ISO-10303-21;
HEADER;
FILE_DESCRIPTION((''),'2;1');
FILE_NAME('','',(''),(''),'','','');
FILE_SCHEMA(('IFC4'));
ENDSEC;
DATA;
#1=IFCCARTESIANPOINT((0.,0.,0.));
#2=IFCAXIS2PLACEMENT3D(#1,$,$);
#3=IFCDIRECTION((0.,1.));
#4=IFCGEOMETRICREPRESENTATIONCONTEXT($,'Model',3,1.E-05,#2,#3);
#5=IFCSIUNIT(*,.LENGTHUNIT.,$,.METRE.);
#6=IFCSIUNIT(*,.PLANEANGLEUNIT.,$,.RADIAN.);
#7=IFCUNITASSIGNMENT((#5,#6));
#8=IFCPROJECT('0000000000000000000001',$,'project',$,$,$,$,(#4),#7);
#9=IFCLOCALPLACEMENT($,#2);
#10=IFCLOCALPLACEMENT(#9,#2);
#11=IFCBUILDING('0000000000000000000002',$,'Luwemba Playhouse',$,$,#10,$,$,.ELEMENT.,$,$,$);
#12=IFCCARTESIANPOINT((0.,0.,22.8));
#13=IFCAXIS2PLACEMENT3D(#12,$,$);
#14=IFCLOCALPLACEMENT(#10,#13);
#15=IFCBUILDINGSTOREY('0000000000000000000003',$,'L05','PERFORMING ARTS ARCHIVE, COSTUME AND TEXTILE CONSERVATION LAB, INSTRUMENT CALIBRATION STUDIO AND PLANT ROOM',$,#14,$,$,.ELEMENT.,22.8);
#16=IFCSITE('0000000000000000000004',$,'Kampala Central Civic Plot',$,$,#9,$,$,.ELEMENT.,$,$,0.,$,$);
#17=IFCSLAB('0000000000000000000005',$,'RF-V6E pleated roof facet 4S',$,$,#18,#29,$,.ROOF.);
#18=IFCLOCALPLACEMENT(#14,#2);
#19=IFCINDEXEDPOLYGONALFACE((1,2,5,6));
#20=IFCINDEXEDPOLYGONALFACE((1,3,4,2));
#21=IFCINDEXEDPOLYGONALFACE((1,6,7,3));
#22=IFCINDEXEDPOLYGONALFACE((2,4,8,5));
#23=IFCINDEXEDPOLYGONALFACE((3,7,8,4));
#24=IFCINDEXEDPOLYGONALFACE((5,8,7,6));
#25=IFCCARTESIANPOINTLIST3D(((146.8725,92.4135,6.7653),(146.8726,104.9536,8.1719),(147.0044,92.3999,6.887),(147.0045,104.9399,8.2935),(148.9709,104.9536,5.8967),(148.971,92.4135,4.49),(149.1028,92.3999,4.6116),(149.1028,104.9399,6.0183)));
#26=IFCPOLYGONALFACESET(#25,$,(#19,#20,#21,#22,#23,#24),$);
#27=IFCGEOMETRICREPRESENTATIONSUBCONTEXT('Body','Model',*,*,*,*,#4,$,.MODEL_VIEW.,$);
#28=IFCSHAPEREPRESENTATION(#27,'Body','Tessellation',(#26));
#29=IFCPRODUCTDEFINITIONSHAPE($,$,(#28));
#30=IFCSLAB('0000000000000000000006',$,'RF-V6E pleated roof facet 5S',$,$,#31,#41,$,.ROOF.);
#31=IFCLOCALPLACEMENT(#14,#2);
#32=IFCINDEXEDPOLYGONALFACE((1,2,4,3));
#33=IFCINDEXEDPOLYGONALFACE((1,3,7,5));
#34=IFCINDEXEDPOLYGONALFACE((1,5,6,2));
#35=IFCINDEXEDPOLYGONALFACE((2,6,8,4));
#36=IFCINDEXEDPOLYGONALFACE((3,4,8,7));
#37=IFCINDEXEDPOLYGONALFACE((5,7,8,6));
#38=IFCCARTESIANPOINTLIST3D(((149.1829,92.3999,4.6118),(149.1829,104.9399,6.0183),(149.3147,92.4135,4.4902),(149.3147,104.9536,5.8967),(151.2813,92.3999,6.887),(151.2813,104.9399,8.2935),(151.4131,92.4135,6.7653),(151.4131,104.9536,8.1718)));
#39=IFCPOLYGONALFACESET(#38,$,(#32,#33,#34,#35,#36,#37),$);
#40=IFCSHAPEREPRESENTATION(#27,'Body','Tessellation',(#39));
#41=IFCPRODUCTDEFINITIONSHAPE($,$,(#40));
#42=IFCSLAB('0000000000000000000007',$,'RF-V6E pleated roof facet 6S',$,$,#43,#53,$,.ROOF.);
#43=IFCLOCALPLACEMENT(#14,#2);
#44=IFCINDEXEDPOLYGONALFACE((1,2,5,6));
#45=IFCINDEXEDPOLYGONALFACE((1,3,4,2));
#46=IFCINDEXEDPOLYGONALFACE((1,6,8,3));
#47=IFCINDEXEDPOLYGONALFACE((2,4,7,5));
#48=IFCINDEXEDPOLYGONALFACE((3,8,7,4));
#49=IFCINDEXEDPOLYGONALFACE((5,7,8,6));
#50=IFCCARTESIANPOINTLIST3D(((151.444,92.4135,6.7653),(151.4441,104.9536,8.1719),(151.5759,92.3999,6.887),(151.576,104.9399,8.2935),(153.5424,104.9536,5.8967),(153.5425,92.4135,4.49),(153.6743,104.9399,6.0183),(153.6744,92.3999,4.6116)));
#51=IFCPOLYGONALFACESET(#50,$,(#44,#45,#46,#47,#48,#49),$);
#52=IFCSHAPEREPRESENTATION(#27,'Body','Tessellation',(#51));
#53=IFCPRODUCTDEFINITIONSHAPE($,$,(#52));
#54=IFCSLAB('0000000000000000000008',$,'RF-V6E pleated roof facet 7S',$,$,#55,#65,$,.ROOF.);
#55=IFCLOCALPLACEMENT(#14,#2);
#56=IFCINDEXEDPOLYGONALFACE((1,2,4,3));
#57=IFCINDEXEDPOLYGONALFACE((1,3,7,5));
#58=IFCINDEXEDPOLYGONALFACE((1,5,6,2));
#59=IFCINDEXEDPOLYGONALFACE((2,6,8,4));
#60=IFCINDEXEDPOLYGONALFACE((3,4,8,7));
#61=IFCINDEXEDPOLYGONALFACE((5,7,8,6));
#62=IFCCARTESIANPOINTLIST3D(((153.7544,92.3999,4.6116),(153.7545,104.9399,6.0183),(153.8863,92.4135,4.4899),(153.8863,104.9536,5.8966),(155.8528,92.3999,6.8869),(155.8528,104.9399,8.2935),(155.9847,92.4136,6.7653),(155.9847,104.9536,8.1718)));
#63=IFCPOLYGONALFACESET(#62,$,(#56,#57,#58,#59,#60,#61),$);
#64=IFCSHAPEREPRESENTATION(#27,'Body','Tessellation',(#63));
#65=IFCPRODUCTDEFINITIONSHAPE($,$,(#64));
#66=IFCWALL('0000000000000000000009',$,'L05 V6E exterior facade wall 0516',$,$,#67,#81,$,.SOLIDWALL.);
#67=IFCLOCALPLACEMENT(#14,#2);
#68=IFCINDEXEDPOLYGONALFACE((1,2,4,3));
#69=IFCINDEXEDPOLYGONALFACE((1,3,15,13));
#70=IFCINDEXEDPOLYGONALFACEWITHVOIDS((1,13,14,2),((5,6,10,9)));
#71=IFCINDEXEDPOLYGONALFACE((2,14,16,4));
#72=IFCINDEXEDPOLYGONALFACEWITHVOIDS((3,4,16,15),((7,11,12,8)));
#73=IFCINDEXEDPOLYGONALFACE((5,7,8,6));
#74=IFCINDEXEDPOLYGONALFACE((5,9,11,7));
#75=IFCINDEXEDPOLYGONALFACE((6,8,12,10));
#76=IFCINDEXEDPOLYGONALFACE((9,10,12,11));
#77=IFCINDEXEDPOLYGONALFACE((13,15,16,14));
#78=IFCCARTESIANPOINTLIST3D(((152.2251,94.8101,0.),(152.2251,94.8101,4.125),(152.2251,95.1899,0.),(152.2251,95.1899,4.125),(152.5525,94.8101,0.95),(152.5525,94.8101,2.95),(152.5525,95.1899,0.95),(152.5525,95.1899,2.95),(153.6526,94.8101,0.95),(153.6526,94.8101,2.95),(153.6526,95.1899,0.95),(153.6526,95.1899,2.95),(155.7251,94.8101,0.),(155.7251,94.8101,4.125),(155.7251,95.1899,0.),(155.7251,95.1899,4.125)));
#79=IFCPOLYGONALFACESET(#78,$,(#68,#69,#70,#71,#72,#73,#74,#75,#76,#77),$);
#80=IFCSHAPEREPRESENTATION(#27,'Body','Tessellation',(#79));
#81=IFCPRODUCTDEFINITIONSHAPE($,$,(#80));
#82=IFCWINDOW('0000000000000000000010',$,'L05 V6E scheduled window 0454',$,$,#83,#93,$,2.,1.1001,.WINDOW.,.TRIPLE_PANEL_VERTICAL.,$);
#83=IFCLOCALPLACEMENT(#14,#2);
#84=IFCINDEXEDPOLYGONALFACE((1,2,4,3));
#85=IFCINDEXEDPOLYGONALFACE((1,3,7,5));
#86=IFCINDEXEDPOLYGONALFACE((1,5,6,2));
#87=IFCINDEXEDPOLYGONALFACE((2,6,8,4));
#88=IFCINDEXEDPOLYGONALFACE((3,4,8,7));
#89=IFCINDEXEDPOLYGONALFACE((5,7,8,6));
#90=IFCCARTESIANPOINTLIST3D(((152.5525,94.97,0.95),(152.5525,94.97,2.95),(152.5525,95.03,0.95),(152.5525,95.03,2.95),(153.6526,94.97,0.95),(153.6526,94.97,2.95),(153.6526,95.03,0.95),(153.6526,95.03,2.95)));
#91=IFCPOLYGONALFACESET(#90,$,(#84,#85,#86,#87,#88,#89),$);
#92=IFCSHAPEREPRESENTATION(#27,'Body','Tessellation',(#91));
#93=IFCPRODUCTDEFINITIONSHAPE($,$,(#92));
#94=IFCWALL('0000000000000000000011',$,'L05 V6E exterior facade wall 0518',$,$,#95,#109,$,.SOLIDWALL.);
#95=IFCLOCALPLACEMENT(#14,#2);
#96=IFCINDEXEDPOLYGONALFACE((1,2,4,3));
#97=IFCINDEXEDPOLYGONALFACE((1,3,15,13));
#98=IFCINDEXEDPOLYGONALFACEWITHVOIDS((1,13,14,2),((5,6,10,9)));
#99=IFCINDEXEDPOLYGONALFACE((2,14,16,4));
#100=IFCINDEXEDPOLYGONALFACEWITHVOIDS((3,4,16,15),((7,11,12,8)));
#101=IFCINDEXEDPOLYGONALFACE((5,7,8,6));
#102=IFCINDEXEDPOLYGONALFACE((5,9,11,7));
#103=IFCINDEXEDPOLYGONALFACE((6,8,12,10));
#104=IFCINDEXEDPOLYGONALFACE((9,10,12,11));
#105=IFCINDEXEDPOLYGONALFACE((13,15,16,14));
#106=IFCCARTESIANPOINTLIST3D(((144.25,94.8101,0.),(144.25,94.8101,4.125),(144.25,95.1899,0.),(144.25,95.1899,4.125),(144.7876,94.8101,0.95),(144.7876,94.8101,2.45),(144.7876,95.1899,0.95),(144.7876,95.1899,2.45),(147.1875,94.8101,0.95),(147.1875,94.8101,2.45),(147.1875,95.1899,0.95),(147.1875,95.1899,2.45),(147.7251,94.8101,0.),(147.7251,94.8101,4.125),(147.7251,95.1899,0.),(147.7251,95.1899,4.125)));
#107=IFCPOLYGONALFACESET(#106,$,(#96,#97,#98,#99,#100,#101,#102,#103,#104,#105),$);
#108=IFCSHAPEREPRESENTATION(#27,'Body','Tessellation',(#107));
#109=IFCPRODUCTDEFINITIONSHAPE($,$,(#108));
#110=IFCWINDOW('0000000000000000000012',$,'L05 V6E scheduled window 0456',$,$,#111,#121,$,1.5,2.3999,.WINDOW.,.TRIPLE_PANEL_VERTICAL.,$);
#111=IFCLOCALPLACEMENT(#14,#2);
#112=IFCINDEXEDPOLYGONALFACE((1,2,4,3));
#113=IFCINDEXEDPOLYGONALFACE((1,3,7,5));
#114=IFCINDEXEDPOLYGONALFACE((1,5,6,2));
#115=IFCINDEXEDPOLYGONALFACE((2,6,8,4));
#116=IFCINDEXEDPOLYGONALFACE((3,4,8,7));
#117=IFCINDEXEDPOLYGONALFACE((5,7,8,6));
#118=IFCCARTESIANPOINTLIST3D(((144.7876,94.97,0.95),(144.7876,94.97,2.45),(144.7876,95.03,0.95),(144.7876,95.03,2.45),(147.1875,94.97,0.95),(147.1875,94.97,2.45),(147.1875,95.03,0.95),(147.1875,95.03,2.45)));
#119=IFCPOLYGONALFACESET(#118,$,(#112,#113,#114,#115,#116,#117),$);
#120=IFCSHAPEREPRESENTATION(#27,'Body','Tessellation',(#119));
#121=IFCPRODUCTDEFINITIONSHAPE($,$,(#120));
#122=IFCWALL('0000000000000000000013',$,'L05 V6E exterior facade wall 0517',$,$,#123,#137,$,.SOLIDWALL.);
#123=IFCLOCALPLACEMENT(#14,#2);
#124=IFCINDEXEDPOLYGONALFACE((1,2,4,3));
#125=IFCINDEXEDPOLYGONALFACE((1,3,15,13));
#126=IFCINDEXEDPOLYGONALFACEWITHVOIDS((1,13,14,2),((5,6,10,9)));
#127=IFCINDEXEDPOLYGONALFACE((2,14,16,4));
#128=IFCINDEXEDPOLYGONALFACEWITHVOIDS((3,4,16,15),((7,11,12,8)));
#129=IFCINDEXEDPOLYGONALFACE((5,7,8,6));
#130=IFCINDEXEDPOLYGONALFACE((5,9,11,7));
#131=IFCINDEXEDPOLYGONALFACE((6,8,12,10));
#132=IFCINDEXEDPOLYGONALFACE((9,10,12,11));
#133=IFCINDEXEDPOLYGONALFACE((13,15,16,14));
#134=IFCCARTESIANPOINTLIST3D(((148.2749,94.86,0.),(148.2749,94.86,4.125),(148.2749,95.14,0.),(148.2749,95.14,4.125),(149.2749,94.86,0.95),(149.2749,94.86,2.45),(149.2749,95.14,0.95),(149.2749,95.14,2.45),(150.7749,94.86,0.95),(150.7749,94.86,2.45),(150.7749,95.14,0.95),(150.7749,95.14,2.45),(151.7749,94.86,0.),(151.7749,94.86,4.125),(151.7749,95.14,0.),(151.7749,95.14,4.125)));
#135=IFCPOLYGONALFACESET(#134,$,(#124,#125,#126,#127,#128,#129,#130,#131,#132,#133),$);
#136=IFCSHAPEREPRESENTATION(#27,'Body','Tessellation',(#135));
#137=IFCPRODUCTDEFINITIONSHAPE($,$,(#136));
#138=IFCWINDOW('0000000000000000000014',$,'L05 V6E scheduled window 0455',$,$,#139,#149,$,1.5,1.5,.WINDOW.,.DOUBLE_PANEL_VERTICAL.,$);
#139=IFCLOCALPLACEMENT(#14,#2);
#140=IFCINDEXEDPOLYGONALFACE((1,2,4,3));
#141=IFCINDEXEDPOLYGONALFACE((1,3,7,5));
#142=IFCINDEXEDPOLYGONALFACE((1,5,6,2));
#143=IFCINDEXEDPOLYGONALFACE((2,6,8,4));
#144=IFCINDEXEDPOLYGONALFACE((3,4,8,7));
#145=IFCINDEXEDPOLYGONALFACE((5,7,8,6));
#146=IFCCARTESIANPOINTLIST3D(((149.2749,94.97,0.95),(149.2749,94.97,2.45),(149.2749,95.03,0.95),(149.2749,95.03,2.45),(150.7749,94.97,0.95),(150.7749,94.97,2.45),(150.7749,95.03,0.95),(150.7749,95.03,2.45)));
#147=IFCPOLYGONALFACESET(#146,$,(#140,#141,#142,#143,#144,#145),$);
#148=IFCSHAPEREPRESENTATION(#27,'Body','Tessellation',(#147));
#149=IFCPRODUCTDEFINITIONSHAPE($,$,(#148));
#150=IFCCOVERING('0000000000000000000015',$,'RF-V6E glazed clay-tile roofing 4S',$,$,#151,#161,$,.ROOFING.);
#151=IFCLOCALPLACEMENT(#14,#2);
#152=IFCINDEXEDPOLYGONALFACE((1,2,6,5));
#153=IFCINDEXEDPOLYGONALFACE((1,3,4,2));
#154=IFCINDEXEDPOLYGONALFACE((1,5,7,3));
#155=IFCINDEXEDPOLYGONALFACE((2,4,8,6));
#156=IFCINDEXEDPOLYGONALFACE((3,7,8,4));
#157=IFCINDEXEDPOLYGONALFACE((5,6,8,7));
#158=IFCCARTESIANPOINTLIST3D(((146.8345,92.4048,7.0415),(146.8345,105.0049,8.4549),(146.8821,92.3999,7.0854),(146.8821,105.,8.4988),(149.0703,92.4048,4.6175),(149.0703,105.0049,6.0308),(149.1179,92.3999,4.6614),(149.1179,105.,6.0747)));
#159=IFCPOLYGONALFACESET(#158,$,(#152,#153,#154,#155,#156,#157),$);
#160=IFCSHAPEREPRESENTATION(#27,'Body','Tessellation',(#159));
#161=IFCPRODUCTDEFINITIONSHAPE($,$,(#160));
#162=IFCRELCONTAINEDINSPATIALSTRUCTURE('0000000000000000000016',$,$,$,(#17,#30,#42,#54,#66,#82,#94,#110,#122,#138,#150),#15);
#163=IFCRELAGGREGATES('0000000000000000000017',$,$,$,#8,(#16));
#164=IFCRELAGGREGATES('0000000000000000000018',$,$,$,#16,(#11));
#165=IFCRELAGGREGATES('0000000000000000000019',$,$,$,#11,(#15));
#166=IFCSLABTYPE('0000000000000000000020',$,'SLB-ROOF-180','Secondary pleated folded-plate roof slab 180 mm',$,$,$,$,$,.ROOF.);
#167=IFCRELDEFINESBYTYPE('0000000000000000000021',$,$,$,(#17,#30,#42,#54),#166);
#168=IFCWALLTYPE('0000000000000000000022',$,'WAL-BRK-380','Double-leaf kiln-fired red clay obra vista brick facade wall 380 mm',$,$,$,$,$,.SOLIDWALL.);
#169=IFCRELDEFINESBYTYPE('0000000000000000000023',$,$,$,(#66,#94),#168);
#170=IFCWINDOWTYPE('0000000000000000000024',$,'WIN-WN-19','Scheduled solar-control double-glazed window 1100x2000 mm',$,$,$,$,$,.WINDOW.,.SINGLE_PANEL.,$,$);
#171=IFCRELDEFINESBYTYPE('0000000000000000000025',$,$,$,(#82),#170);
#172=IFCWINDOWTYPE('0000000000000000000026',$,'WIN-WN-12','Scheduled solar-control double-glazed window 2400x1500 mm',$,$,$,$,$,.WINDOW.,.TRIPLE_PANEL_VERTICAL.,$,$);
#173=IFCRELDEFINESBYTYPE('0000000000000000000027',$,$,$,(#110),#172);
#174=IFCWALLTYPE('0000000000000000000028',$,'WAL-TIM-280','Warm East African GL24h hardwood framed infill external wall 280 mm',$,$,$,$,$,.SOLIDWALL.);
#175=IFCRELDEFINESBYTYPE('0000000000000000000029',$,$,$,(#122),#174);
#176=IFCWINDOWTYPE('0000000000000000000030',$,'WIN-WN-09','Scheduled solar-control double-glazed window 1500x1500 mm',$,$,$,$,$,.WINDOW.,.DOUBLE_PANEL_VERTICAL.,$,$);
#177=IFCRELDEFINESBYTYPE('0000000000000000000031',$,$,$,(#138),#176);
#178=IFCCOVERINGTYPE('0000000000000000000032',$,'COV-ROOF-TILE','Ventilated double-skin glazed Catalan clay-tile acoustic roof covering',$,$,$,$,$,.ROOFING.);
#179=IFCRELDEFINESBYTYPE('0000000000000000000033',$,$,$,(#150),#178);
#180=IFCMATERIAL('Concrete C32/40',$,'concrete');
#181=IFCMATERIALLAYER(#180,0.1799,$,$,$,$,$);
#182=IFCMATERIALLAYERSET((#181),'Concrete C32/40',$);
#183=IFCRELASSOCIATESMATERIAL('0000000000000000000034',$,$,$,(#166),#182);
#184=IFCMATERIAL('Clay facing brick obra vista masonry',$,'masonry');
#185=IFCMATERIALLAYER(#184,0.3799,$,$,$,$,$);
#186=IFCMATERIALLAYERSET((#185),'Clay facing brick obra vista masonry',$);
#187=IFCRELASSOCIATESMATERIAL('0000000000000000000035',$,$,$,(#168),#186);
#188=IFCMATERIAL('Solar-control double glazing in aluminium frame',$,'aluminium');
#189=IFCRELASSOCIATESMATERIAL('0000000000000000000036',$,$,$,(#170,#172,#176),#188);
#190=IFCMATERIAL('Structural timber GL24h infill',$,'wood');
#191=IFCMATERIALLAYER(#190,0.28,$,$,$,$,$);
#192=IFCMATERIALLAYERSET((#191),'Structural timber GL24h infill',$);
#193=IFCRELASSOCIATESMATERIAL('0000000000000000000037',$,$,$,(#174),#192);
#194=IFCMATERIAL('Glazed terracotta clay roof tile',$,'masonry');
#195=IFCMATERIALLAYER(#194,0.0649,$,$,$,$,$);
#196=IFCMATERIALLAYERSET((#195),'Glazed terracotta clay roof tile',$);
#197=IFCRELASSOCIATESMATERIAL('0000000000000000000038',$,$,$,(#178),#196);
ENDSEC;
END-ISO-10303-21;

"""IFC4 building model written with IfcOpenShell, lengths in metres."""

from ifc_helpers import new_model, si_unit, direction, frame, frame_2d, origin, place, context, subcontext, project, spatial, polyline, rectangle, outline, extrude, material, layer, layer_set, type_object, element, fill, save


model = new_model("IFC4")

# Units and contexts
model_context = context("Model", 3, precision=1e-05, world=origin(), true_north=direction((0.0, 1.0)))
body_context = subcontext(model_context, "Body", "Model", "MODEL_VIEW")
ifc_project = project(units=[si_unit("LENGTHUNIT", "METRE"), si_unit("PLANEANGLEUNIT", "RADIAN")], contexts=[model_context])

# Site, building, storey
site_placement = place(None, origin())
site = spatial("IfcSite", under=ifc_project, at=site_placement, Name="Kampala Central Civic Plot", CompositionType="ELEMENT", RefElevation=0.0)
building_placement = place(site_placement, origin())
building = spatial("IfcBuilding", under=site, at=building_placement, Name="Luwemba Playhouse", CompositionType="ELEMENT")
storey_placement = place(building_placement, frame((0.0, 0.0, 22.8)))
storey = spatial("IfcBuildingStorey", under=building, at=storey_placement, Name="L05", Description="PERFORMING ARTS ARCHIVE, COSTUME AND TEXTILE CONSERVATION LAB, INSTRUMENT CALIBRATION STUDIO AND PLANT ROOM", CompositionType="ELEMENT", Elevation=22.8)

# Slabs
ifc_material_1 = material(Name="Concrete C32/40", Category="concrete")
ifc_layer_1 = layer(ifc_material_1, 0.1799)
ifc_layer_set_1 = layer_set([ifc_layer_1], Name="Concrete C32/40")
slab_type = type_object("IfcSlabType", Name="SLB-ROOF-180", Description="Secondary pleated folded-plate roof slab 180 mm", PredefinedType="ROOF", material=ifc_layer_set_1)
slab_1_placement = place(storey_placement, frame((147.0044, 92.3999, 6.887), z_axis=(0.732986, -0.075827, 0.676004), x_axis=(0.677956, -0.000002, -0.735103)))
element("IfcSlab", 1, at=slab_1_placement, inside=storey, type_object=slab_type, Name="RF-V6E pleated roof facet 4S", PredefinedType="ROOF", context=body_context, shape_type="SweptSolid", body=[
    extrude(outline(polyline([(0.0, 0.0), (3.0953, 0.0), (2.0611, 12.5763), (-1.0339, 12.5762), (0.0, 0.0)])), origin(), (0.0, 0.0, -1.0), 0.1799),
])
slab_2_placement = place(storey_placement, frame((149.1829, 92.3999, 4.6118), z_axis=(-0.732969, -0.075823, 0.676024), x_axis=(0.677975, 0.0, 0.735085)))
element("IfcSlab", 2, at=slab_2_placement, inside=storey, type_object=slab_type, Name="RF-V6E pleated roof facet 5S", PredefinedType="ROOF", context=body_context, shape_type="SweptSolid", body=[
    extrude(outline(polyline([(0.0, 0.0), (3.0951, 0.0), (4.129, 12.5762), (1.0339, 12.5762), (0.0, 0.0)])), origin(), (0.0, 0.0, -1.0), 0.1799),
])
slab_3_placement = place(storey_placement, frame((151.5759, 92.3999, 6.887), z_axis=(0.732986, -0.075827, 0.676004), x_axis=(0.677956, -0.000002, -0.735103)))
element("IfcSlab", 3, at=slab_3_placement, inside=storey, type_object=slab_type, Name="RF-V6E pleated roof facet 6S", PredefinedType="ROOF", context=body_context, shape_type="SweptSolid", body=[
    extrude(outline(polyline([(0.0, 0.0), (3.0953, 0.0), (2.0611, 12.5763), (-1.0339, 12.5762), (0.0, 0.0)])), origin(), (0.0, 0.0, -1.0), 0.1799),
])
slab_4_placement = place(storey_placement, frame((153.7544, 92.3999, 4.6116), z_axis=(-0.732986, -0.075827, 0.676004), x_axis=(0.677956, 0.000002, 0.735103)))
element("IfcSlab", 4, at=slab_4_placement, inside=storey, type_object=slab_type, Name="RF-V6E pleated roof facet 7S", PredefinedType="ROOF", context=body_context, shape_type="SweptSolid", body=[
    extrude(outline(polyline([(0.0, 0.0), (3.0953, 0.0), (4.1292, 12.5762), (1.0341, 12.5763), (0.0, 0.0)])), origin(), (0.0, 0.0, -1.0), 0.1799),
])

# Walls, openings, windows
ifc_material_2 = material(Name="Clay facing brick obra vista masonry", Category="masonry")
ifc_layer_2 = layer(ifc_material_2, 0.3799)
ifc_layer_set_2 = layer_set([ifc_layer_2], Name="Clay facing brick obra vista masonry")
wall_type_1 = type_object("IfcWallType", Name="WAL-BRK-380", Description="Double-leaf kiln-fired red clay obra vista brick facade wall 380 mm", PredefinedType="SOLIDWALL", material=ifc_layer_set_2)
wall_1_placement = place(storey_placement, frame((155.7251, 95.0, 0.0), z_axis=(0.0, 0.0, 1.0), x_axis=(-1.0, 0.0, 0.0)))
wall_1 = element("IfcWall", 5, at=wall_1_placement, inside=storey, type_object=wall_type_1, Name="L05 V6E exterior facade wall 0516", PredefinedType="SOLIDWALL", context=body_context, shape_type="SweptSolid", body=[
    extrude(rectangle(XDim=3.5, YDim=0.3799, at=frame_2d((1.75, 0.0))), origin(), (0.0, 0.0, 1.0), 4.125),
])
opening_1_placement = place(wall_1_placement, frame((2.0725, 0.0, 0.95)))
opening_1 = element("IfcOpeningElement", 6, at=opening_1_placement, cuts=wall_1, PredefinedType="OPENING", context=body_context, shape_type="SweptSolid", body=[
    extrude(rectangle(XDim=1.1001, YDim=2.0, at=frame_2d((0.55, 1.0))), frame((0.0, 0.2, 0.0), z_axis=(0.0, -1.0, 0.0), x_axis=(1.0, 0.0, 0.0)), (0.0, 0.0, 1.0), 0.3999),
])
ifc_material_3 = material(Name="Solar-control double glazing in aluminium frame", Category="aluminium")
window_type_1 = type_object("IfcWindowType", Name="WIN-WN-19", Description="Scheduled solar-control double-glazed window 1100x2000 mm", PartitioningType="SINGLE_PANEL", PredefinedType="WINDOW", material=ifc_material_3)
window_1_placement = place(opening_1_placement, origin())
window_1 = element("IfcWindow", 7, at=window_1_placement, inside=storey, type_object=window_type_1, Name="L05 V6E scheduled window 0454", OverallHeight=2.0, OverallWidth=1.1001, PartitioningType="TRIPLE_PANEL_VERTICAL", PredefinedType="WINDOW", context=body_context, shape_type="SweptSolid", body=[
    extrude(rectangle(XDim=1.1001, YDim=2.0, at=frame_2d((0.55, 1.0))), frame((0.0, 0.03, 0.0), z_axis=(0.0, -1.0, 0.0), x_axis=(1.0, 0.0, 0.0)), (0.0, 0.0, 1.0), 0.0601),
])
fill(opening_1, window_1)
wall_2_placement = place(storey_placement, frame((147.7251, 95.0, 0.0), z_axis=(0.0, 0.0, 1.0), x_axis=(-1.0, 0.0, 0.0)))
wall_2 = element("IfcWall", 8, at=wall_2_placement, inside=storey, type_object=wall_type_1, Name="L05 V6E exterior facade wall 0518", PredefinedType="SOLIDWALL", context=body_context, shape_type="SweptSolid", body=[
    extrude(rectangle(XDim=3.4751, YDim=0.3799, at=frame_2d((1.7375, 0.0))), origin(), (0.0, 0.0, 1.0), 4.125),
])
opening_2_placement = place(wall_2_placement, frame((0.5376, 0.0, 0.95)))
opening_2 = element("IfcOpeningElement", 9, at=opening_2_placement, cuts=wall_2, PredefinedType="OPENING", context=body_context, shape_type="SweptSolid", body=[
    extrude(rectangle(XDim=2.3999, YDim=1.5, at=frame_2d((1.2, 0.75))), frame((0.0, 0.2, 0.0), z_axis=(0.0, -1.0, 0.0), x_axis=(1.0, 0.0, 0.0)), (0.0, 0.0, 1.0), 0.3999),
])
window_type_2 = type_object("IfcWindowType", Name="WIN-WN-12", Description="Scheduled solar-control double-glazed window 2400x1500 mm", PartitioningType="TRIPLE_PANEL_VERTICAL", PredefinedType="WINDOW", material=ifc_material_3)
window_2_placement = place(opening_2_placement, origin())
window_2 = element("IfcWindow", 10, at=window_2_placement, inside=storey, type_object=window_type_2, Name="L05 V6E scheduled window 0456", OverallHeight=1.5, OverallWidth=2.3999, PartitioningType="TRIPLE_PANEL_VERTICAL", PredefinedType="WINDOW", context=body_context, shape_type="SweptSolid", body=[
    extrude(rectangle(XDim=2.3999, YDim=1.5, at=frame_2d((1.2, 0.75))), frame((0.0, 0.03, 0.0), z_axis=(0.0, -1.0, 0.0), x_axis=(1.0, 0.0, 0.0)), (0.0, 0.0, 1.0), 0.0601),
])
fill(opening_2, window_2)
ifc_material_4 = material(Name="Structural timber GL24h infill", Category="wood")
ifc_layer_3 = layer(ifc_material_4, 0.28)
ifc_layer_set_3 = layer_set([ifc_layer_3], Name="Structural timber GL24h infill")
wall_type_2 = type_object("IfcWallType", Name="WAL-TIM-280", Description="Warm East African GL24h hardwood framed infill external wall 280 mm", PredefinedType="SOLIDWALL", material=ifc_layer_set_3)
wall_3_placement = place(storey_placement, frame((151.7749, 95.0, 0.0), z_axis=(0.0, 0.0, 1.0), x_axis=(-1.0, 0.0, 0.0)))
wall_3 = element("IfcWall", 11, at=wall_3_placement, inside=storey, type_object=wall_type_2, Name="L05 V6E exterior facade wall 0517", PredefinedType="SOLIDWALL", context=body_context, shape_type="SweptSolid", body=[
    extrude(rectangle(XDim=3.5, YDim=0.28, at=frame_2d((1.75, 0.0))), origin(), (0.0, 0.0, 1.0), 4.125),
])
opening_3_placement = place(wall_3_placement, frame((1.0, 0.0, 0.95)))
opening_3 = element("IfcOpeningElement", 12, at=opening_3_placement, cuts=wall_3, PredefinedType="OPENING", context=body_context, shape_type="SweptSolid", body=[
    extrude(rectangle(XDim=1.5, YDim=1.5, at=frame_2d((0.75, 0.75))), frame((0.0, 0.1499, 0.0), z_axis=(0.0, -1.0, 0.0), x_axis=(1.0, 0.0, 0.0)), (0.0, 0.0, 1.0), 0.3),
])
window_type_3 = type_object("IfcWindowType", Name="WIN-WN-09", Description="Scheduled solar-control double-glazed window 1500x1500 mm", PartitioningType="DOUBLE_PANEL_VERTICAL", PredefinedType="WINDOW", material=ifc_material_3)
window_3_placement = place(opening_3_placement, origin())
window_3 = element("IfcWindow", 13, at=window_3_placement, inside=storey, type_object=window_type_3, Name="L05 V6E scheduled window 0455", OverallHeight=1.5, OverallWidth=1.5, PartitioningType="DOUBLE_PANEL_VERTICAL", PredefinedType="WINDOW", context=body_context, shape_type="SweptSolid", body=[
    extrude(rectangle(XDim=1.5, YDim=1.5, at=frame_2d((0.75, 0.75))), frame((0.0, 0.03, 0.0), z_axis=(0.0, -1.0, 0.0), x_axis=(1.0, 0.0, 0.0)), (0.0, 0.0, 1.0), 0.0601),
])
fill(opening_3, window_3)

# Covering
ifc_material_5 = material(Name="Glazed terracotta clay roof tile", Category="masonry")
ifc_layer_4 = layer(ifc_material_5, 0.0649)
ifc_layer_set_4 = layer_set([ifc_layer_4], Name="Glazed terracotta clay roof tile")
covering_type = type_object("IfcCoveringType", Name="COV-ROOF-TILE", Description="Ventilated double-skin glazed Catalan clay-tile acoustic roof covering", PredefinedType="ROOFING", material=ifc_layer_set_4)
covering_1_placement = place(storey_placement, frame((146.8821, 92.3999, 7.0854), z_axis=(0.732954, -0.07583, 0.676039), x_axis=(0.677991, 0.0, -0.73507)))
element("IfcCovering", 14, at=covering_1_placement, inside=storey, type_object=covering_type, Name="RF-V6E glazed clay-tile roofing 4S", PredefinedType="ROOFING", context=body_context, shape_type="SweptSolid", body=[
    extrude(outline(polyline([(0.0, 0.0), (3.2977, 0.0), (2.2588, 12.6365), (-1.0389, 12.6365), (0.0, 0.0)])), origin(), (0.0, 0.0, -1.0), 0.0649),
])

save(model, "model.ifc")
